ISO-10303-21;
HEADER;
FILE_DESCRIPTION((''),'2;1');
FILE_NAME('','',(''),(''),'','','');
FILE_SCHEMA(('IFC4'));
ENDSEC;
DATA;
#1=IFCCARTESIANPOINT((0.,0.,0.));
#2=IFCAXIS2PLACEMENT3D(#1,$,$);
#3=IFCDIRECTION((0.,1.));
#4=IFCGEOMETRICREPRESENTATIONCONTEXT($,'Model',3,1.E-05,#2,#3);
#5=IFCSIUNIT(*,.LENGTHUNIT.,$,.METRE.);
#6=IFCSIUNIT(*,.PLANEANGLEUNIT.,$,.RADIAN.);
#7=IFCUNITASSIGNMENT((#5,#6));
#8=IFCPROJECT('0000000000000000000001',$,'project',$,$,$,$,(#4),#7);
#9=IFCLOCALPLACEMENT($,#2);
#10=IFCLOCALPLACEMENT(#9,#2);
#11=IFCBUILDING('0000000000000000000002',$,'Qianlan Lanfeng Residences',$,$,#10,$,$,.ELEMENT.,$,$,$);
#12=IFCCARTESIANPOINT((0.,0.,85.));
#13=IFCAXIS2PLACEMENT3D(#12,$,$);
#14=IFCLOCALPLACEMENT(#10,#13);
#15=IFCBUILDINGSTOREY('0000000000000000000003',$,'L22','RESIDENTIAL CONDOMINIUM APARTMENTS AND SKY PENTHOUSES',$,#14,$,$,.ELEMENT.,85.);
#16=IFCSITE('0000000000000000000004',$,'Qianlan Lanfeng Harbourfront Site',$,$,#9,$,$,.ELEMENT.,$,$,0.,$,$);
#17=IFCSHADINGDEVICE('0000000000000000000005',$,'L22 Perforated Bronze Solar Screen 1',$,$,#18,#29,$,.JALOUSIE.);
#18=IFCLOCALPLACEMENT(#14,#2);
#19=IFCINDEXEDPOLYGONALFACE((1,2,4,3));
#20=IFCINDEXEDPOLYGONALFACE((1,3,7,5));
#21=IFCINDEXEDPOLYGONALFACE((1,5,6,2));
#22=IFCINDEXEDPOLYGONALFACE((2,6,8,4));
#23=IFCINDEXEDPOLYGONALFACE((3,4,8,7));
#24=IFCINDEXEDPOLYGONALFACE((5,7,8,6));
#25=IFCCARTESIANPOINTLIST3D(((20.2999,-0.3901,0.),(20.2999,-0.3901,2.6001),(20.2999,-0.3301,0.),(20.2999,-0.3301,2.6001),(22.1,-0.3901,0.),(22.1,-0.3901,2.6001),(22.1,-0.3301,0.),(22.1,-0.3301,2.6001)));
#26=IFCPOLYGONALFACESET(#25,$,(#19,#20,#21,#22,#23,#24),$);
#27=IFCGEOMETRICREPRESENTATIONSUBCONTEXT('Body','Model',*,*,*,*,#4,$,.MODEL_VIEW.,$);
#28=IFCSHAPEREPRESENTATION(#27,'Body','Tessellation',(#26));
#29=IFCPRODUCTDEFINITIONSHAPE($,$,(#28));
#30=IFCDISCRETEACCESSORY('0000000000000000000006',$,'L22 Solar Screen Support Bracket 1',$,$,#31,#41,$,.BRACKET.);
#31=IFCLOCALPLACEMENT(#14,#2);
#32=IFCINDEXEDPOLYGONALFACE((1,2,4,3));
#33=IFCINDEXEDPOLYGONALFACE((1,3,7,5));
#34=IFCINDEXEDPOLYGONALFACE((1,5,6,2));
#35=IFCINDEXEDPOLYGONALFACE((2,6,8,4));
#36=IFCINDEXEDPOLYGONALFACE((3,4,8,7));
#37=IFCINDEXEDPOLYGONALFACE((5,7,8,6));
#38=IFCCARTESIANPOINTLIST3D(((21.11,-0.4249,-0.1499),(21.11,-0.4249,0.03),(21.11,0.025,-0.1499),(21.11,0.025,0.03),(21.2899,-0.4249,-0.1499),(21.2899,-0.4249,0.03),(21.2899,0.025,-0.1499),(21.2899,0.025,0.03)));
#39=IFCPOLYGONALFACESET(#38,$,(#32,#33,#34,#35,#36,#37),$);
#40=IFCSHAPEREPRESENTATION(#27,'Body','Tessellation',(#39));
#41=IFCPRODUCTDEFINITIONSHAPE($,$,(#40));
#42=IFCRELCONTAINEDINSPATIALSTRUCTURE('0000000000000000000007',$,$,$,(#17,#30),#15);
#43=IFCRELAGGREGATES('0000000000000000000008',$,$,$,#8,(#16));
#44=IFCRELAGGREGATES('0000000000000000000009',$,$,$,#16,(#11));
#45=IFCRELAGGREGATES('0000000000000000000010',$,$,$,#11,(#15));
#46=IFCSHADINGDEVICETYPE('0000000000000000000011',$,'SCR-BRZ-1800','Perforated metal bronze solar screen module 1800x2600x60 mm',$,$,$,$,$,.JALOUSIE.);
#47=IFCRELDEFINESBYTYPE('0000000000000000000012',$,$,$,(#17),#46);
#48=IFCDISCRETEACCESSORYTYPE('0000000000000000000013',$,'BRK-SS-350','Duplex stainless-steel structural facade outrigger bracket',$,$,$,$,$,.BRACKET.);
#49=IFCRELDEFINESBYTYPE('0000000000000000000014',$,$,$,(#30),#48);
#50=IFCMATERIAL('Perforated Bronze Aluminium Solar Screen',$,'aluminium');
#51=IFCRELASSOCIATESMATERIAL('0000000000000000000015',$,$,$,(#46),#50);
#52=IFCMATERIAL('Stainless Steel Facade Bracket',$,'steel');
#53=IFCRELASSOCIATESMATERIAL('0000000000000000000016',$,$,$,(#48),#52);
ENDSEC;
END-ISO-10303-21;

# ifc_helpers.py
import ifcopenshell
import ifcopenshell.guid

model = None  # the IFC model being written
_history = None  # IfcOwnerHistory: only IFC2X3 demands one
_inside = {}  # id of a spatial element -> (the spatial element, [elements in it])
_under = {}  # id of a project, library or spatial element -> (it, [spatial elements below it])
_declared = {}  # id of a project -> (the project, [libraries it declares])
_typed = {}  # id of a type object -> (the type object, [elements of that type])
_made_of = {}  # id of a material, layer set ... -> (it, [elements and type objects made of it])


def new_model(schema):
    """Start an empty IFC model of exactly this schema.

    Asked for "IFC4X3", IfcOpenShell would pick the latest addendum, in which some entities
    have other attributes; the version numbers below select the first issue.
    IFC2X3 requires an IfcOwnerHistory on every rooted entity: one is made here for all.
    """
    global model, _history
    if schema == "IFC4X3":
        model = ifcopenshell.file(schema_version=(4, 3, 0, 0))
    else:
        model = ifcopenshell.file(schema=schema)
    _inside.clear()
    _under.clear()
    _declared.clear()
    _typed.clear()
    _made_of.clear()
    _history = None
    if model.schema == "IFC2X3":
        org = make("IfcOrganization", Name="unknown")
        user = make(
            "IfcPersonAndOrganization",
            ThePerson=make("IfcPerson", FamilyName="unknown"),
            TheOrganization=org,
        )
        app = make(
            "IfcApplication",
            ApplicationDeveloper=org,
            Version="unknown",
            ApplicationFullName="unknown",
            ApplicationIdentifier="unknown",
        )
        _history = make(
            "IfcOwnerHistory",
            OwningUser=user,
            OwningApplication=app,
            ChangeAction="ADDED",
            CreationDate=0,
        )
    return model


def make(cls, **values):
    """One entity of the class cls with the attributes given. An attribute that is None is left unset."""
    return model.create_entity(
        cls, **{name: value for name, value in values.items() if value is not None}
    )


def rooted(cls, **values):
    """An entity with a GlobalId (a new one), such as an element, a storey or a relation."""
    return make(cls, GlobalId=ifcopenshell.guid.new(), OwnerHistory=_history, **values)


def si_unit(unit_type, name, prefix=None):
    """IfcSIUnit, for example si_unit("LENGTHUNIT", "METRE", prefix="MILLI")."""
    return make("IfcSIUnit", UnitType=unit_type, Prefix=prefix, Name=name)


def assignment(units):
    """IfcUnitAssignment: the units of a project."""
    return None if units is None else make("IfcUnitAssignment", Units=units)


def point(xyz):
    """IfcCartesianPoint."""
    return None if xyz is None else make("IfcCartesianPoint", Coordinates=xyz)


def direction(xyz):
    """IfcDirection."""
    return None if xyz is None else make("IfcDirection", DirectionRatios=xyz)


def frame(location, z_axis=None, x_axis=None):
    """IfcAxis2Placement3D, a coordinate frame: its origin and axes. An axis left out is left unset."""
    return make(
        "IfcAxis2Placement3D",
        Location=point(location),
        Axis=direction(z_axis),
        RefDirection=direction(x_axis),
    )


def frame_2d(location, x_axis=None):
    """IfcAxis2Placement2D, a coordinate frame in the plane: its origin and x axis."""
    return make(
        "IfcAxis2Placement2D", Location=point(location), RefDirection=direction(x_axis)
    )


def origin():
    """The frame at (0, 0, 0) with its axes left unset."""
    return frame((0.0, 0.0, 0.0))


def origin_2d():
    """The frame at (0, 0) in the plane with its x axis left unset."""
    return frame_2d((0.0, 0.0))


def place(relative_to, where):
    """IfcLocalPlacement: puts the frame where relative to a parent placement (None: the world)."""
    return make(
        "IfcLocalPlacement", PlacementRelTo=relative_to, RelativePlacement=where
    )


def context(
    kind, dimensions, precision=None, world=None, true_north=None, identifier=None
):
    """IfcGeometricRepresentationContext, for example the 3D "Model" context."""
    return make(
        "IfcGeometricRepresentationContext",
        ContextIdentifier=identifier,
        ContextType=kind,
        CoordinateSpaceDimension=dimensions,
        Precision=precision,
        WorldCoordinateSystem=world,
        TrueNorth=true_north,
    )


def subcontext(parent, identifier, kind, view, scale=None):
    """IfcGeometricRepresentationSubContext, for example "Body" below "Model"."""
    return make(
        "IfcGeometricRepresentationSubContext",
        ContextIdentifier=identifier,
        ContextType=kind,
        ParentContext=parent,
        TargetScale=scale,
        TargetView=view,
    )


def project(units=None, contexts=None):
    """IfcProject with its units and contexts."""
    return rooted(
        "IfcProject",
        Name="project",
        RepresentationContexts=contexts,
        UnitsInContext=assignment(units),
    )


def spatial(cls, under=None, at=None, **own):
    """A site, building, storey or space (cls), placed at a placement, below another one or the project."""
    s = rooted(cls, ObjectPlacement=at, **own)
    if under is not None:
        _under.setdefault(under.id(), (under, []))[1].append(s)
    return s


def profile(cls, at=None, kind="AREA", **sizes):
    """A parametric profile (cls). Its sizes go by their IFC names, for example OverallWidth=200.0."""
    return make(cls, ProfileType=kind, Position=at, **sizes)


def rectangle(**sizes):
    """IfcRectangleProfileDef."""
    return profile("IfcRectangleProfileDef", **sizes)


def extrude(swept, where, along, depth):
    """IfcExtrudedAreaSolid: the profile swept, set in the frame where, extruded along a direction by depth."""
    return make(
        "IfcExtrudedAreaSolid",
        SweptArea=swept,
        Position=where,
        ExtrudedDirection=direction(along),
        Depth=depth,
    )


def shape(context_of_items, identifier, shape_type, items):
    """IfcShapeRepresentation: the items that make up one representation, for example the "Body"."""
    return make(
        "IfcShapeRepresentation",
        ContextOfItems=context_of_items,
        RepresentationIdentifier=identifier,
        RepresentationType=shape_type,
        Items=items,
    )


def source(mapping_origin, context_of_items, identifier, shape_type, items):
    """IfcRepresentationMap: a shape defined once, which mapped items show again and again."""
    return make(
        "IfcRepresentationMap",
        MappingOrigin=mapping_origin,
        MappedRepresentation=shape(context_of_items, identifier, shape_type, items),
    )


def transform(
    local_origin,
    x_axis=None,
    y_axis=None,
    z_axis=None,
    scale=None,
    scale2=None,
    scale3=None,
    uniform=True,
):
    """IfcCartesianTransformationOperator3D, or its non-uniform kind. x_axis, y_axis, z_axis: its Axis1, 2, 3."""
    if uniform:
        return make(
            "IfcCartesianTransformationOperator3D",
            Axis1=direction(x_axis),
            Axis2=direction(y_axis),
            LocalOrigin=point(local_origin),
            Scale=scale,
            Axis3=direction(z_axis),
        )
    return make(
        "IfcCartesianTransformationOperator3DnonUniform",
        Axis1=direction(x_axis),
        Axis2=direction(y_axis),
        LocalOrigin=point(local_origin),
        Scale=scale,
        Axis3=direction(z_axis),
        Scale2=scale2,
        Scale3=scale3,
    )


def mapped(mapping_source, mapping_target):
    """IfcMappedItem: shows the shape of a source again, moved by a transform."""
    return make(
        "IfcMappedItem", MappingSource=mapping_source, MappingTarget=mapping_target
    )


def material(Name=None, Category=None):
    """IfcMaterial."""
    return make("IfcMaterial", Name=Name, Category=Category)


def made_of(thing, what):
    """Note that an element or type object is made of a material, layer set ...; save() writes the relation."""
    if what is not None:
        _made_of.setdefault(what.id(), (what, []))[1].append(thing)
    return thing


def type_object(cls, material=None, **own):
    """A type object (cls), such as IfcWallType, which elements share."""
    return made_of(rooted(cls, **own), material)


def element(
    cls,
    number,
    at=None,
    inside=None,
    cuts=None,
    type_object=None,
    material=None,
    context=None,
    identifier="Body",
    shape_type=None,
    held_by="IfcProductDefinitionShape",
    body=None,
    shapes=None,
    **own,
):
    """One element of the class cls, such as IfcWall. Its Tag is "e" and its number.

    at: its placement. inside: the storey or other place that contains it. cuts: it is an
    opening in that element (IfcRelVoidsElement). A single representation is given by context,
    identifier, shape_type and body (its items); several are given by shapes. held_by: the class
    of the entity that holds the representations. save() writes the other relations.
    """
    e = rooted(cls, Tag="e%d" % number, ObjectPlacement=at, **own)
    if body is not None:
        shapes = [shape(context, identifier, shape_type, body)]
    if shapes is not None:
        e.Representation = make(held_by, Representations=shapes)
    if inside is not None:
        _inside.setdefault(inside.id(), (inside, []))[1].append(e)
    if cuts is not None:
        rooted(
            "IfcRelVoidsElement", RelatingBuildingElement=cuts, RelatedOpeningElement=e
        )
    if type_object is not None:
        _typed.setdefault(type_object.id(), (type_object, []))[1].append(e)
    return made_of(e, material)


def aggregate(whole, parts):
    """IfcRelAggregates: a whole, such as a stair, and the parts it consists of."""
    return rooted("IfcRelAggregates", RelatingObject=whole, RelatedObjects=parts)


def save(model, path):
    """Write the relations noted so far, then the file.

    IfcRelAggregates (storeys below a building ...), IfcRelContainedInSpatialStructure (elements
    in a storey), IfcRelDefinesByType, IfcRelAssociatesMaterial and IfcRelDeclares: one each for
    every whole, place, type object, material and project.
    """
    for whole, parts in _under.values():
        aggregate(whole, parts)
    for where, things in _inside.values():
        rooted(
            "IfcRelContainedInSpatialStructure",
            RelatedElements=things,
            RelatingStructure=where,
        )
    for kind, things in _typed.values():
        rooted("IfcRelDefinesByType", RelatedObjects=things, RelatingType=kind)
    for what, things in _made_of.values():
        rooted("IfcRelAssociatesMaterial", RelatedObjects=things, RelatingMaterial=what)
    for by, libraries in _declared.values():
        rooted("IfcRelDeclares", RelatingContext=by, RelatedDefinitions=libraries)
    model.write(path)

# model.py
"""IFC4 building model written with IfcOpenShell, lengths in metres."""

from ifc_helpers import new_model, si_unit, direction, frame, origin, origin_2d, place, context, subcontext, project, spatial, rectangle, extrude, source, transform, mapped, material, type_object, element, save


model = new_model("IFC4")

# Units and contexts
model_context = context("Model", 3, precision=1e-05, world=origin(), true_north=direction((0.0, 1.0)))
body_context = subcontext(model_context, "Body", "Model", "MODEL_VIEW")
ifc_project = project(units=[si_unit("LENGTHUNIT", "METRE"), si_unit("PLANEANGLEUNIT", "RADIAN")], contexts=[model_context])

# Site, building, storey
site_placement = place(None, origin())
site = spatial("IfcSite", under=ifc_project, at=site_placement, Name="Qianlan Lanfeng Harbourfront Site", CompositionType="ELEMENT", RefElevation=0.0)
building_placement = place(site_placement, origin())
building = spatial("IfcBuilding", under=site, at=building_placement, Name="Qianlan Lanfeng Residences", CompositionType="ELEMENT")
storey_placement = place(building_placement, frame((0.0, 0.0, 85.0)))
storey = spatial("IfcBuildingStorey", under=building, at=storey_placement, Name="L22", Description="RESIDENTIAL CONDOMINIUM APARTMENTS AND SKY PENTHOUSES", CompositionType="ELEMENT", Elevation=85.0)

# Shading device
ifc_material_1 = material(Name="Perforated Bronze Aluminium Solar Screen", Category="aluminium")
shading_device_type = type_object("IfcShadingDeviceType", Name="SCR-BRZ-1800", Description="Perforated metal bronze solar screen module 1800x2600x60 mm", PredefinedType="JALOUSIE", material=ifc_material_1)
shared_shape_1 = source(origin(), body_context, "Body", "SweptSolid", [
    extrude(rectangle(XDim=1.8, YDim=0.0601, at=origin_2d()), origin(), (0.0, 0.0, 1.0), 2.6001),
])
shading_device_placement = place(storey_placement, frame((21.2, -0.3601, 0.0), z_axis=(0.0, 0.0, 1.0), x_axis=(1.0, 0.0, 0.0)))
element("IfcShadingDevice", 1, at=shading_device_placement, inside=storey, type_object=shading_device_type, Name="L22 Perforated Bronze Solar Screen 1", PredefinedType="JALOUSIE", context=body_context, shape_type="MappedRepresentation", body=[
    mapped(shared_shape_1, transform((0.0, 0.0, 0.0), scale=1.0)),
])

# Discrete accessory
ifc_material_2 = material(Name="Stainless Steel Facade Bracket", Category="steel")
discrete_accessory_type = type_object("IfcDiscreteAccessoryType", Name="BRK-SS-350", Description="Duplex stainless-steel structural facade outrigger bracket", PredefinedType="BRACKET", material=ifc_material_2)
shared_shape_2 = source(origin(), body_context, "Body", "SweptSolid", [
    extrude(rectangle(XDim=0.1799, YDim=0.45, at=origin_2d()), origin(), (0.0, 0.0, 1.0), 0.1799),
])
discrete_accessory_placement = place(storey_placement, frame((21.2, -0.2, -0.1499), z_axis=(0.0, 0.0, 1.0), x_axis=(1.0, 0.0, 0.0)))
element("IfcDiscreteAccessory", 2, at=discrete_accessory_placement, inside=storey, type_object=discrete_accessory_type, Name="L22 Solar Screen Support Bracket 1", PredefinedType="BRACKET", context=body_context, shape_type="MappedRepresentation", body=[
    mapped(shared_shape_2, transform((0.0, 0.0, 0.0), scale=1.0)),
])

save(model, "model.ifc")
